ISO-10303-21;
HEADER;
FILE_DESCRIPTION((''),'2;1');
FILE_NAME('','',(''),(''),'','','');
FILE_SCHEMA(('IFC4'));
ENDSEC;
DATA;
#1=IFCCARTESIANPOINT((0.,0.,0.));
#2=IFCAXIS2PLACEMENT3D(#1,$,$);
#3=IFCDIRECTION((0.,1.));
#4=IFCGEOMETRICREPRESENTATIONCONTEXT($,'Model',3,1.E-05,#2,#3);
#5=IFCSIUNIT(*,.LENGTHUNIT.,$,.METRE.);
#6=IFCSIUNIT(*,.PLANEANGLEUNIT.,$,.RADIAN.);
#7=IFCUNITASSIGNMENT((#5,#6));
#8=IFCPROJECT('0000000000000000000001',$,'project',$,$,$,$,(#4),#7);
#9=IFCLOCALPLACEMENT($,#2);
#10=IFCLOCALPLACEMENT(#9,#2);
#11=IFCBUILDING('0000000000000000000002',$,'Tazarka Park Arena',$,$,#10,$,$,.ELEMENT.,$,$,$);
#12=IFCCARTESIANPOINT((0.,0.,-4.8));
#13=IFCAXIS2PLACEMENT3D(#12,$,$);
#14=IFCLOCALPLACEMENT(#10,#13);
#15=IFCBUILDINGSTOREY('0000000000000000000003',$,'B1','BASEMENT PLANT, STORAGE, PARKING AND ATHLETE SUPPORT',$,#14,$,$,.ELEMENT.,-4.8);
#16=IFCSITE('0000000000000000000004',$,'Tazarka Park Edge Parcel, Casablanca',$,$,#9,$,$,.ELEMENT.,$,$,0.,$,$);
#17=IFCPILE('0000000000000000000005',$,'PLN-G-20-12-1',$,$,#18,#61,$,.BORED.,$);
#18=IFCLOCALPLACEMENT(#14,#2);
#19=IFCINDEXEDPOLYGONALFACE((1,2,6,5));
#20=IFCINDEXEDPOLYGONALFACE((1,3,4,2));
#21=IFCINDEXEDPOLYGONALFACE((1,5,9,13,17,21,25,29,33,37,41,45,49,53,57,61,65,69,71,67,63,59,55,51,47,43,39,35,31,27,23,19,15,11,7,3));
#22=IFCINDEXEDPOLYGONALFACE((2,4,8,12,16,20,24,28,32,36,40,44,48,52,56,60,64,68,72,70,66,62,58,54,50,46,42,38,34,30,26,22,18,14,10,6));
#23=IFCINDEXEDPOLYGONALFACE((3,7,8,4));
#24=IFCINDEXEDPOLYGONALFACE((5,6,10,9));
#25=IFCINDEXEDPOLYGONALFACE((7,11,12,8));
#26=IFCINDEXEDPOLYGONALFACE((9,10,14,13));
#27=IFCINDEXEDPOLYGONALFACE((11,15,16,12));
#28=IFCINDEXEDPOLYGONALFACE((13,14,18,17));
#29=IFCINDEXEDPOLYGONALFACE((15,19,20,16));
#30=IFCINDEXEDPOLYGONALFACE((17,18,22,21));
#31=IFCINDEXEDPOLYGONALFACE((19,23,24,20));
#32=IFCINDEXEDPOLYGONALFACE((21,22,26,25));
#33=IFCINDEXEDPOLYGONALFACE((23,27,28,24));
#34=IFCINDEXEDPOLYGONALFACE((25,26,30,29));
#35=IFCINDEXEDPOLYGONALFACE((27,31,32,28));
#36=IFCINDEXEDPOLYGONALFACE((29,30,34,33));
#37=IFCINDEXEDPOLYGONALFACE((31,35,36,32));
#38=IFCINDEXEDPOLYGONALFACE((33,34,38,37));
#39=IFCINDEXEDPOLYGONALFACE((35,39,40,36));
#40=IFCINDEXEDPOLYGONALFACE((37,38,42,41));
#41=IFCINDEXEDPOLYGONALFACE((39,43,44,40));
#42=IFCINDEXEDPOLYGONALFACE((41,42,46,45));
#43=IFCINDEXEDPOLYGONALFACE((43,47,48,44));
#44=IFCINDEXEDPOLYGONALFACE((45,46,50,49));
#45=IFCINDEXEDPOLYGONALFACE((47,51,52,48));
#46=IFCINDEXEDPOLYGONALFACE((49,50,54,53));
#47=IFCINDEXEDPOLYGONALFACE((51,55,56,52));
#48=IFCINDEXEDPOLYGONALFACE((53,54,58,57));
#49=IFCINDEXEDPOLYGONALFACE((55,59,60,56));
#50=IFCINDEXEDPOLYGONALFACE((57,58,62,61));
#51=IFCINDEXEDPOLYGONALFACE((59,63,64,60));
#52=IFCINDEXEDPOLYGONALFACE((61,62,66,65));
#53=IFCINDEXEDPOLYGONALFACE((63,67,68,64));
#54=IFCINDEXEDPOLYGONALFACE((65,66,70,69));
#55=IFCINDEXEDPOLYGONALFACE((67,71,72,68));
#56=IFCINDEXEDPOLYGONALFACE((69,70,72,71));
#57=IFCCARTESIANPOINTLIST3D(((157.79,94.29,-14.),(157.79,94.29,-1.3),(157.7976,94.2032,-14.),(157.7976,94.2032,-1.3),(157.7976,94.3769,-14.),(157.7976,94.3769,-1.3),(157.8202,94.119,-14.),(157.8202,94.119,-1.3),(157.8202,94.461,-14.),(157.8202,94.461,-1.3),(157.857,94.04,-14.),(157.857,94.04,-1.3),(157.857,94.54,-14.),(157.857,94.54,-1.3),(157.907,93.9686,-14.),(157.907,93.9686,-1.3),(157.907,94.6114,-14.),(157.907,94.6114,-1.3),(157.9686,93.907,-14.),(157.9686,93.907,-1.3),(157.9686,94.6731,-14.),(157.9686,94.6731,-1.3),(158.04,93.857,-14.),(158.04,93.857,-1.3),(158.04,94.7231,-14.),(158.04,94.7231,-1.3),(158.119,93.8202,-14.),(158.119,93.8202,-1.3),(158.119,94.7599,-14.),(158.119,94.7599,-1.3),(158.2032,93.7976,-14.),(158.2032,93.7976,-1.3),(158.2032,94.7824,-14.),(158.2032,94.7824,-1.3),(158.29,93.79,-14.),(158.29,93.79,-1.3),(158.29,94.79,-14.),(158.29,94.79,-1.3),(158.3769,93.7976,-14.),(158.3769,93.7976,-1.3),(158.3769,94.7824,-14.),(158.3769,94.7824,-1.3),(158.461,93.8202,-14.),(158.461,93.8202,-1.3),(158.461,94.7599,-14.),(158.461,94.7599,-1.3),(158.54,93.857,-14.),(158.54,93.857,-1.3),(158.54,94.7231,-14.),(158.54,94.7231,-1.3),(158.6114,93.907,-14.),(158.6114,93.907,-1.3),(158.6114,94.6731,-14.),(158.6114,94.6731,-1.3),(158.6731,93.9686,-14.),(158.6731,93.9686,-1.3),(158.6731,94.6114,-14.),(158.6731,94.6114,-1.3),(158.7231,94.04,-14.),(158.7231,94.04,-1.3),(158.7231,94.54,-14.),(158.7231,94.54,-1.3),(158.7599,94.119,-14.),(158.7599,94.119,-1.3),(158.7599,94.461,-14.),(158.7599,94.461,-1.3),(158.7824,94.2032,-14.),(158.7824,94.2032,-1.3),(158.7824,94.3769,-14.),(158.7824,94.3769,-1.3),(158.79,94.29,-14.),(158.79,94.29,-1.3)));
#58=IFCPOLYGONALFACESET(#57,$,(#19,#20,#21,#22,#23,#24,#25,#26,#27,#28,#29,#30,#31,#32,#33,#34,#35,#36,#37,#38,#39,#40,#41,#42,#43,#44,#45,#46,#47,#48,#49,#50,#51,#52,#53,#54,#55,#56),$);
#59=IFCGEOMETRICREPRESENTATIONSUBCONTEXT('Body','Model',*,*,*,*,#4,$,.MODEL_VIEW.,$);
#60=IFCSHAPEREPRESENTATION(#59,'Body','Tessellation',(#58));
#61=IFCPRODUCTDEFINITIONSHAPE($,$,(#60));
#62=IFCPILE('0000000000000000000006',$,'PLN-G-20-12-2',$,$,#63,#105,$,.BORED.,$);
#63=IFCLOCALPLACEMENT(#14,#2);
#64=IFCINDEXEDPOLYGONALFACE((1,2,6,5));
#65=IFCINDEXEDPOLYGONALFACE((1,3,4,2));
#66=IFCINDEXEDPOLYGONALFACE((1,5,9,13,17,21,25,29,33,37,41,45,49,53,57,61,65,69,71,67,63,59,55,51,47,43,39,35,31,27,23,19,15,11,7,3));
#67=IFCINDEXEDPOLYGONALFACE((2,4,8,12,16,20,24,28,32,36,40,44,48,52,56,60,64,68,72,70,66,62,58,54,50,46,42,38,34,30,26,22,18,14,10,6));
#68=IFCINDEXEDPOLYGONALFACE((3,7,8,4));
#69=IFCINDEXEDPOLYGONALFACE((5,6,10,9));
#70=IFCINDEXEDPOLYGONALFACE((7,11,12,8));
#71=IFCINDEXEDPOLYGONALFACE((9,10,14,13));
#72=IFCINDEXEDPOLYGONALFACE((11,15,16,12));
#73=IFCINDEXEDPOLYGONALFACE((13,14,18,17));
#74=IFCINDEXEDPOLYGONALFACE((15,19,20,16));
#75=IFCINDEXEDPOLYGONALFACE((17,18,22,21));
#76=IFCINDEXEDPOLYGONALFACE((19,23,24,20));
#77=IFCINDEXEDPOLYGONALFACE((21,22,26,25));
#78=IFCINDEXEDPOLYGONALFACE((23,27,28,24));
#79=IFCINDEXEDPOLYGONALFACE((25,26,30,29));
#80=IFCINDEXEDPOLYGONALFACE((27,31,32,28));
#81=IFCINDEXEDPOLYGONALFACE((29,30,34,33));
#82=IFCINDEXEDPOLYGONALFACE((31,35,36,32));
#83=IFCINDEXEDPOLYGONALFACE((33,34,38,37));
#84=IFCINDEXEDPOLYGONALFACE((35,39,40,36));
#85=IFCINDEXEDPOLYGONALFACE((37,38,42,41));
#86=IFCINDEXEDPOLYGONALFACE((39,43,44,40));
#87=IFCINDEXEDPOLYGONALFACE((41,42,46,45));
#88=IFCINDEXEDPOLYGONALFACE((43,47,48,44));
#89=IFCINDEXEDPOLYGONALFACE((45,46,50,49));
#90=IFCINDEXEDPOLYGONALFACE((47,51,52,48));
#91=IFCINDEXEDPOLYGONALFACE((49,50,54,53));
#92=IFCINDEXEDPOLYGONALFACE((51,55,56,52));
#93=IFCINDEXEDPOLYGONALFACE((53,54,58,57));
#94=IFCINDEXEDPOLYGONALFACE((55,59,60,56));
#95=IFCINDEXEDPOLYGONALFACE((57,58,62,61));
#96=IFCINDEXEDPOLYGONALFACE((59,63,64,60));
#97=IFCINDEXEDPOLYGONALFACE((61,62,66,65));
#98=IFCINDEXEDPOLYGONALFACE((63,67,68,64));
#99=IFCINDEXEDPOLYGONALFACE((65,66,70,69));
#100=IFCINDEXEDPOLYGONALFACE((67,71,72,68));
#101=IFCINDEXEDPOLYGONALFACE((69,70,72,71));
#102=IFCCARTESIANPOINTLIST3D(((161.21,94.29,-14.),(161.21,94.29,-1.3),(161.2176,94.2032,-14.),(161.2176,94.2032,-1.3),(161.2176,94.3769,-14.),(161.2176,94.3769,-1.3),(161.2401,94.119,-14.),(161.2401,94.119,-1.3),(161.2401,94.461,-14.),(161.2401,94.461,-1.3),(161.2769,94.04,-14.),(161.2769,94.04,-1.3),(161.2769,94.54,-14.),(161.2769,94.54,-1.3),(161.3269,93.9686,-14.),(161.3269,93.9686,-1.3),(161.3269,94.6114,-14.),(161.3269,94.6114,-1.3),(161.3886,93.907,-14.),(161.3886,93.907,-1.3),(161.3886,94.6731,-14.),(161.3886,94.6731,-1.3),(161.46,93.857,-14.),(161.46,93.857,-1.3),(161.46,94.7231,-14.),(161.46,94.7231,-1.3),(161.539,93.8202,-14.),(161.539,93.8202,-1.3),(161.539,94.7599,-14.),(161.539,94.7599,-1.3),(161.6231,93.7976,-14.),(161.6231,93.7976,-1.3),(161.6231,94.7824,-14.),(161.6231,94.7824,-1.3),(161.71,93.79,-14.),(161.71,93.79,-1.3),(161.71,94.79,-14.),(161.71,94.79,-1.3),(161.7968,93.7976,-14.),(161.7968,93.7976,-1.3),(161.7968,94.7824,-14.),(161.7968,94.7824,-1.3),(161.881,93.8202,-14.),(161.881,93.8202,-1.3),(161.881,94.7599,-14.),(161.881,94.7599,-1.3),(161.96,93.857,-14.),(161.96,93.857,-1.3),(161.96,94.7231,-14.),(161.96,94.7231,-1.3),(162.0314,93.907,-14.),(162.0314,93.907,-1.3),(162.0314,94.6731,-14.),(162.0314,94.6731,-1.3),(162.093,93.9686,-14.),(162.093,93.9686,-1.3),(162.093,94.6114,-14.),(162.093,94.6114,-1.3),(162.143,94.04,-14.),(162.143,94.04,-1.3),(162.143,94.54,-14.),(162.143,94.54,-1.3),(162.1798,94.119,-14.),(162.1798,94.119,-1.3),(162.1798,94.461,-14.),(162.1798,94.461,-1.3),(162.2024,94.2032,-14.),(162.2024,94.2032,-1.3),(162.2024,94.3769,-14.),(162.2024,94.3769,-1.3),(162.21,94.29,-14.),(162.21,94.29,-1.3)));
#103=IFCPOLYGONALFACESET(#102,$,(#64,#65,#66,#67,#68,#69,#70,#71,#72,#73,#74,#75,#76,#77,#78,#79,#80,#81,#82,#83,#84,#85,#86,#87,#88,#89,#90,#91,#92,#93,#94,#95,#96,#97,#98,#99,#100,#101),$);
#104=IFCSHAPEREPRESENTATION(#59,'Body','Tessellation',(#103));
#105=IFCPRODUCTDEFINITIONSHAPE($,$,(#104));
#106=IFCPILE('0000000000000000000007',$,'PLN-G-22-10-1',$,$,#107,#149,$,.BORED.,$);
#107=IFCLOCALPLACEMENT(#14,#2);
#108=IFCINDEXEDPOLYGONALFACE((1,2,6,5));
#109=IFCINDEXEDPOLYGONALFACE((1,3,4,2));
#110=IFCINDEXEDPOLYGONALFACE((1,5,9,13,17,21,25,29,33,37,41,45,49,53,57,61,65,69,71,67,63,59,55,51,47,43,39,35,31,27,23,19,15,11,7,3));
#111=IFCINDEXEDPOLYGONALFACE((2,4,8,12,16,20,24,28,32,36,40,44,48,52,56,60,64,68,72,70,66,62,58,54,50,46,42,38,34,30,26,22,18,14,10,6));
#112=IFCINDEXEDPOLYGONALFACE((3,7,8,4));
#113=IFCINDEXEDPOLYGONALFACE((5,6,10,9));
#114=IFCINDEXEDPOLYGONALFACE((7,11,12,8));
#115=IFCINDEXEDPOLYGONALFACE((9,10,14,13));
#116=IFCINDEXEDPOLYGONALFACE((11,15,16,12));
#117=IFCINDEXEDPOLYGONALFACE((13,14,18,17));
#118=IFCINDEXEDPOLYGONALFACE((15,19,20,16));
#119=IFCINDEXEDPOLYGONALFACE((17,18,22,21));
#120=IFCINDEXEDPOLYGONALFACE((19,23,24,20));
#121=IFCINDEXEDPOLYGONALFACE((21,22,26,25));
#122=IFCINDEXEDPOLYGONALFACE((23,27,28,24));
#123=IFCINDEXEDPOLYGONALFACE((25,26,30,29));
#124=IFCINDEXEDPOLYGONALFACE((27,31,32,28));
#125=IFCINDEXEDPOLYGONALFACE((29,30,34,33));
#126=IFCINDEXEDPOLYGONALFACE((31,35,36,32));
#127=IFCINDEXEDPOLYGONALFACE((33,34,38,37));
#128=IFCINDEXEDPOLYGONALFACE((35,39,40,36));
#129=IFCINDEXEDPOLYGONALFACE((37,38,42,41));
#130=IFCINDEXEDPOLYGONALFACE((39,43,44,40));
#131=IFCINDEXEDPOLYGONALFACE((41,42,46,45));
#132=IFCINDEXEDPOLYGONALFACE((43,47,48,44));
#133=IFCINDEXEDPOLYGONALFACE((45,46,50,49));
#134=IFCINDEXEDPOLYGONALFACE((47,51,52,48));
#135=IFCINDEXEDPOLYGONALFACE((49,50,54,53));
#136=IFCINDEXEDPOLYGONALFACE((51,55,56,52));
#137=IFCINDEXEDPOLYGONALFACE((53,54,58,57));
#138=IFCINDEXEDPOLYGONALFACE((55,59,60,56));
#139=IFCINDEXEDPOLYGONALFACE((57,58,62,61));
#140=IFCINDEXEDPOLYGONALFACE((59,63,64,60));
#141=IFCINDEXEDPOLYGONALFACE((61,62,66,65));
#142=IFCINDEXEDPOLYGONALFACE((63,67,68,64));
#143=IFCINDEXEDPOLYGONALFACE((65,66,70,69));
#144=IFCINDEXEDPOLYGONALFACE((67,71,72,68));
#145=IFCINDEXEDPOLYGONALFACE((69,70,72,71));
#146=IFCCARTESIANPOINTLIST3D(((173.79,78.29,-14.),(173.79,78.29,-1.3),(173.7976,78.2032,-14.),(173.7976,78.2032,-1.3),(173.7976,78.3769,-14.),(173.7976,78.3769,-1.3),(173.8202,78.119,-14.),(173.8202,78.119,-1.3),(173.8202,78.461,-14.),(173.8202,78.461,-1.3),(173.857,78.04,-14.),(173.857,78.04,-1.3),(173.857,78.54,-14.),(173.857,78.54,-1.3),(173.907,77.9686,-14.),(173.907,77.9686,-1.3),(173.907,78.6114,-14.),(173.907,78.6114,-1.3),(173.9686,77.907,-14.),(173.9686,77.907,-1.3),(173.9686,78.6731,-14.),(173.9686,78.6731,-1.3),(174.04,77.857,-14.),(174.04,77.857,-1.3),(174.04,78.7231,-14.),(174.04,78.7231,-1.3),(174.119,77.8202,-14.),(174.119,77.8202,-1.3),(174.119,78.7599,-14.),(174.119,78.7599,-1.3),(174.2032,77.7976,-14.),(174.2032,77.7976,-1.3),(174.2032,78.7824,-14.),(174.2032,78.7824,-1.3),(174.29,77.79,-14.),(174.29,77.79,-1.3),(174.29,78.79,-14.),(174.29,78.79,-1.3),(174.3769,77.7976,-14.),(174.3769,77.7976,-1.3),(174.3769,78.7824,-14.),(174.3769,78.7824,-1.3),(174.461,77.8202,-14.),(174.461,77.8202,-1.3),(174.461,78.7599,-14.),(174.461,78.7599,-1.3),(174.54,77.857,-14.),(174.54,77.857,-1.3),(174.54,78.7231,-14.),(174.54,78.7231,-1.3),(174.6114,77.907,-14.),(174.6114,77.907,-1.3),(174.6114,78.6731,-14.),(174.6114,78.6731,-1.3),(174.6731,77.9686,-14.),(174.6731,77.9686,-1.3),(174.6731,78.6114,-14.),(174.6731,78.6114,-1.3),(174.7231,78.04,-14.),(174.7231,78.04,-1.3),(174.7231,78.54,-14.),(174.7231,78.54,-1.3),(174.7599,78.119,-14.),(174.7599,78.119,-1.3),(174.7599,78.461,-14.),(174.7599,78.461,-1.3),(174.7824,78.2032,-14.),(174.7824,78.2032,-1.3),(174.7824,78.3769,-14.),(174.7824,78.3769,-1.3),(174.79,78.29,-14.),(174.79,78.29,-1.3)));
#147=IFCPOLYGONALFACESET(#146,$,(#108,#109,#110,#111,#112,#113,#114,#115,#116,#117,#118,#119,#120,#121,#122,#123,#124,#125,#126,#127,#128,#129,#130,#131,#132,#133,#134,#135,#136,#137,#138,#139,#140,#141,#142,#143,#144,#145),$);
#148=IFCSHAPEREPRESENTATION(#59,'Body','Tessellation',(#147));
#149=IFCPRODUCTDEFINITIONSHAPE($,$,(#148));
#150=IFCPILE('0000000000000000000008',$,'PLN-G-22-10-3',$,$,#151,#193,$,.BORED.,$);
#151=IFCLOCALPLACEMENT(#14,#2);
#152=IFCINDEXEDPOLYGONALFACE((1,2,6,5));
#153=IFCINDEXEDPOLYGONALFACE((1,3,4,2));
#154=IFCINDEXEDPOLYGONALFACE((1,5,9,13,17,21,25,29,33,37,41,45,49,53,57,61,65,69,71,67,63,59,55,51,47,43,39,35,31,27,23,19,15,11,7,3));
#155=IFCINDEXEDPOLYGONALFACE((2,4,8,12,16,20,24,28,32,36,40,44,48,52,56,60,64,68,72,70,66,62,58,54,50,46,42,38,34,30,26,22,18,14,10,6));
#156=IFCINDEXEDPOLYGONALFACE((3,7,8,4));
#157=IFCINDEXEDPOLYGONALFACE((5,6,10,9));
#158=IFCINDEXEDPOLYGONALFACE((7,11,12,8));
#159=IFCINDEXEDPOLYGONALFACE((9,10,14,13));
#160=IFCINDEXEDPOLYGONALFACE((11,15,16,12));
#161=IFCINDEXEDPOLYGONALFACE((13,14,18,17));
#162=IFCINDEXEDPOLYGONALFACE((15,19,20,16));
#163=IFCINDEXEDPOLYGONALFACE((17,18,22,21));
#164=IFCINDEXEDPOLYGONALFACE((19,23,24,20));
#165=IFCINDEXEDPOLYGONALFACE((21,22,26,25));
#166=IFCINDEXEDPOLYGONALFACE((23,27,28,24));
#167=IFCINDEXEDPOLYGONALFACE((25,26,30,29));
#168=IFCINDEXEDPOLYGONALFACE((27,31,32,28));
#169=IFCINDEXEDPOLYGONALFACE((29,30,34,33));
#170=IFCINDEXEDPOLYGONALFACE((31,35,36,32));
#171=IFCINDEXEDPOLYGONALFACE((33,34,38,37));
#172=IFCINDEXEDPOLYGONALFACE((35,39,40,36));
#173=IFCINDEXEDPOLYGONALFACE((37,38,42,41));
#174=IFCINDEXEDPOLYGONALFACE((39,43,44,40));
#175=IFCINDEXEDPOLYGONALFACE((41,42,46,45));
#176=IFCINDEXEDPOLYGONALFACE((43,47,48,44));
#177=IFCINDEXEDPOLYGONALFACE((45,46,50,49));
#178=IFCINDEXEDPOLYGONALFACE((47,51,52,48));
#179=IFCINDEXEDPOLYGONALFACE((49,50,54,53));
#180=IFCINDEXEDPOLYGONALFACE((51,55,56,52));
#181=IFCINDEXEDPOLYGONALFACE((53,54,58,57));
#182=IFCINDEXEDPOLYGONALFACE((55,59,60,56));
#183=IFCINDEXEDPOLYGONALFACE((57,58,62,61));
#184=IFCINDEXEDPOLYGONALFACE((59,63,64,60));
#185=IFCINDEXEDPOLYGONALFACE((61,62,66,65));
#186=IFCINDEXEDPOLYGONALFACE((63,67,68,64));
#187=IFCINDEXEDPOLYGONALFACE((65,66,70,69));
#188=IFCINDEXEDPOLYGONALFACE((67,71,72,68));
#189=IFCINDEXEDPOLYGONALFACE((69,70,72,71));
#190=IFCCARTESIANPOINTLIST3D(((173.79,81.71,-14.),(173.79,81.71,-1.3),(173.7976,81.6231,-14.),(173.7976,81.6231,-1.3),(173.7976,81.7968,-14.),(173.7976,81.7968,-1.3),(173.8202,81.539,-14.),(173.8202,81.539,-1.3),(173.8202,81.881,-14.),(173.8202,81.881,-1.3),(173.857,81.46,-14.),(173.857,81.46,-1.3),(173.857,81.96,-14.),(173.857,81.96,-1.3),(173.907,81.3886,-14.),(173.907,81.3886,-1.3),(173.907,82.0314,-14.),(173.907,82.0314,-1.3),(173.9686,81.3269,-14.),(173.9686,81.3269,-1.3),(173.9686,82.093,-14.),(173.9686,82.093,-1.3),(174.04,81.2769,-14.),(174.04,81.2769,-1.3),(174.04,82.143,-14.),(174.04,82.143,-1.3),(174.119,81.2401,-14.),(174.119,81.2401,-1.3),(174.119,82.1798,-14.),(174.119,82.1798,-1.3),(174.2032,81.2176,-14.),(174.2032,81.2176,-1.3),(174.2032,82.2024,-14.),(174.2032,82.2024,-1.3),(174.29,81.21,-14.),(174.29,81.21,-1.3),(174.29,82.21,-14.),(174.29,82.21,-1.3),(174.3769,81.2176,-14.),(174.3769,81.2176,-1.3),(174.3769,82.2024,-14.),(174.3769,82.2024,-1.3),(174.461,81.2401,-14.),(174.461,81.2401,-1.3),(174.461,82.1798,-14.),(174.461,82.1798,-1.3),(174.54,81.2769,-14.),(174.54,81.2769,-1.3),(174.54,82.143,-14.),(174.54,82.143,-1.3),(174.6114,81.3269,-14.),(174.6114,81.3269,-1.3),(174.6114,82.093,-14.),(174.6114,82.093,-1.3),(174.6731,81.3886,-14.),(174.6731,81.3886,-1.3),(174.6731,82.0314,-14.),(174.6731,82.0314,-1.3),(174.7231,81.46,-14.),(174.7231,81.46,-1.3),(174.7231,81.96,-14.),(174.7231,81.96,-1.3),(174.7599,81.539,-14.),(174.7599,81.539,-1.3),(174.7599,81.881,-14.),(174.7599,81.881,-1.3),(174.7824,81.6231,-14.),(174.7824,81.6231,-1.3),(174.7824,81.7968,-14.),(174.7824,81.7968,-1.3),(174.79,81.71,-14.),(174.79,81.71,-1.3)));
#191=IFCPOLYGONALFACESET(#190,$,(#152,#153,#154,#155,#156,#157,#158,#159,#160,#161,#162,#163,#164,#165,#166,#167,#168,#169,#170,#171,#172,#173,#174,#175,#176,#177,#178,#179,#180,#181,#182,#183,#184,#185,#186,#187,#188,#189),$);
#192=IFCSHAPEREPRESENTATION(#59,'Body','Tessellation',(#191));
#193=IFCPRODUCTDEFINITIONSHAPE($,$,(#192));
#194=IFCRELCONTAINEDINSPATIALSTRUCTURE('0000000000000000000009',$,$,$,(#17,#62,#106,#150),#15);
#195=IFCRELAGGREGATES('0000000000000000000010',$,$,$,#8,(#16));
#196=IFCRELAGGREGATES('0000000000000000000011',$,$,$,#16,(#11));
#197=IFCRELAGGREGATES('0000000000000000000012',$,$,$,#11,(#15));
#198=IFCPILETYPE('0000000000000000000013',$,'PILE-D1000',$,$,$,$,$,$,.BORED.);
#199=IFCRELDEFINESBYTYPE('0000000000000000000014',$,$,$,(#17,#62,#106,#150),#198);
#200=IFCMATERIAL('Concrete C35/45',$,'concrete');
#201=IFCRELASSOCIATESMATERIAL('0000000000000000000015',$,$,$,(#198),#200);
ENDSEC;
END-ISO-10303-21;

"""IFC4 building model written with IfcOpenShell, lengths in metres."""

from ifc_helpers import new_model, si_unit, direction, frame, origin, origin_2d, place, context, subcontext, project, spatial, circle, extrude, material, material_profile, profile_set, type_object, element, save


model = new_model("IFC4")

# Units and contexts
model_context = context("Model", 3, precision=1e-05, world=origin(), true_north=direction((0.0, 1.0)))
body_context = subcontext(model_context, "Body", "Model", "MODEL_VIEW")
ifc_project = project(units=[si_unit("LENGTHUNIT", "METRE"), si_unit("PLANEANGLEUNIT", "RADIAN")], contexts=[model_context])

# Site, building, storey
site_placement = place(None, origin())
site = spatial("IfcSite", under=ifc_project, at=site_placement, Name="Tazarka Park Edge Parcel, Casablanca", CompositionType="ELEMENT", RefElevation=0.0)
building_placement = place(site_placement, origin())
building = spatial("IfcBuilding", under=site, at=building_placement, Name="Tazarka Park Arena", CompositionType="ELEMENT")
storey_placement = place(building_placement, frame((0.0, 0.0, -4.8)))
storey = spatial("IfcBuildingStorey", under=building, at=storey_placement, Name="B1", Description="BASEMENT PLANT, STORAGE, PARKING AND ATHLETE SUPPORT", CompositionType="ELEMENT", Elevation=-4.8)

# Piles
ifc_material_1 = material(Name="Concrete C35/45", Category="concrete")
ifc_material_profile_1 = material_profile(ifc_material_1, circle(Radius=0.5, at=origin_2d()), Name="Concrete C35/45")
ifc_profile_set_1 = profile_set([ifc_material_profile_1], Name="Concrete C35/45")
pile_type_1 = type_object("IfcPileType", Name="PILE-D1000", PredefinedType="BORED", material=ifc_profile_set_1)
for number, where, z_axis, x_axis, name in (
    (1, (158.29, 94.29, -1.3), (0.0, 0.0, -1.0), (1.0, 0.0, 0.0), "PLN-G-20-12-1"),
    (2, (161.71, 94.29, -1.3), (0.0, 0.0, -1.0), (1.0, 0.0, 0.0), "PLN-G-20-12-2"),
    (3, (174.29, 78.29, -1.3), (0.0, 0.0, -1.0), (1.0, 0.0, 0.0), "PLN-G-22-10-1"),
    (4, (174.29, 81.71, -1.3), (0.0, 0.0, -1.0), (1.0, 0.0, 0.0), "PLN-G-22-10-3"),
):
    element("IfcPile", number, at=place(storey_placement, frame(where, z_axis=z_axis, x_axis=x_axis)), inside=storey, type_object=pile_type_1, Name=name, PredefinedType="BORED", context=body_context, shape_type="SweptSolid", body=[
        extrude(circle(Radius=0.5, at=origin_2d()), origin(), (0.0, 0.0, 1.0), 12.7),
    ])

save(model, "model.ifc")
